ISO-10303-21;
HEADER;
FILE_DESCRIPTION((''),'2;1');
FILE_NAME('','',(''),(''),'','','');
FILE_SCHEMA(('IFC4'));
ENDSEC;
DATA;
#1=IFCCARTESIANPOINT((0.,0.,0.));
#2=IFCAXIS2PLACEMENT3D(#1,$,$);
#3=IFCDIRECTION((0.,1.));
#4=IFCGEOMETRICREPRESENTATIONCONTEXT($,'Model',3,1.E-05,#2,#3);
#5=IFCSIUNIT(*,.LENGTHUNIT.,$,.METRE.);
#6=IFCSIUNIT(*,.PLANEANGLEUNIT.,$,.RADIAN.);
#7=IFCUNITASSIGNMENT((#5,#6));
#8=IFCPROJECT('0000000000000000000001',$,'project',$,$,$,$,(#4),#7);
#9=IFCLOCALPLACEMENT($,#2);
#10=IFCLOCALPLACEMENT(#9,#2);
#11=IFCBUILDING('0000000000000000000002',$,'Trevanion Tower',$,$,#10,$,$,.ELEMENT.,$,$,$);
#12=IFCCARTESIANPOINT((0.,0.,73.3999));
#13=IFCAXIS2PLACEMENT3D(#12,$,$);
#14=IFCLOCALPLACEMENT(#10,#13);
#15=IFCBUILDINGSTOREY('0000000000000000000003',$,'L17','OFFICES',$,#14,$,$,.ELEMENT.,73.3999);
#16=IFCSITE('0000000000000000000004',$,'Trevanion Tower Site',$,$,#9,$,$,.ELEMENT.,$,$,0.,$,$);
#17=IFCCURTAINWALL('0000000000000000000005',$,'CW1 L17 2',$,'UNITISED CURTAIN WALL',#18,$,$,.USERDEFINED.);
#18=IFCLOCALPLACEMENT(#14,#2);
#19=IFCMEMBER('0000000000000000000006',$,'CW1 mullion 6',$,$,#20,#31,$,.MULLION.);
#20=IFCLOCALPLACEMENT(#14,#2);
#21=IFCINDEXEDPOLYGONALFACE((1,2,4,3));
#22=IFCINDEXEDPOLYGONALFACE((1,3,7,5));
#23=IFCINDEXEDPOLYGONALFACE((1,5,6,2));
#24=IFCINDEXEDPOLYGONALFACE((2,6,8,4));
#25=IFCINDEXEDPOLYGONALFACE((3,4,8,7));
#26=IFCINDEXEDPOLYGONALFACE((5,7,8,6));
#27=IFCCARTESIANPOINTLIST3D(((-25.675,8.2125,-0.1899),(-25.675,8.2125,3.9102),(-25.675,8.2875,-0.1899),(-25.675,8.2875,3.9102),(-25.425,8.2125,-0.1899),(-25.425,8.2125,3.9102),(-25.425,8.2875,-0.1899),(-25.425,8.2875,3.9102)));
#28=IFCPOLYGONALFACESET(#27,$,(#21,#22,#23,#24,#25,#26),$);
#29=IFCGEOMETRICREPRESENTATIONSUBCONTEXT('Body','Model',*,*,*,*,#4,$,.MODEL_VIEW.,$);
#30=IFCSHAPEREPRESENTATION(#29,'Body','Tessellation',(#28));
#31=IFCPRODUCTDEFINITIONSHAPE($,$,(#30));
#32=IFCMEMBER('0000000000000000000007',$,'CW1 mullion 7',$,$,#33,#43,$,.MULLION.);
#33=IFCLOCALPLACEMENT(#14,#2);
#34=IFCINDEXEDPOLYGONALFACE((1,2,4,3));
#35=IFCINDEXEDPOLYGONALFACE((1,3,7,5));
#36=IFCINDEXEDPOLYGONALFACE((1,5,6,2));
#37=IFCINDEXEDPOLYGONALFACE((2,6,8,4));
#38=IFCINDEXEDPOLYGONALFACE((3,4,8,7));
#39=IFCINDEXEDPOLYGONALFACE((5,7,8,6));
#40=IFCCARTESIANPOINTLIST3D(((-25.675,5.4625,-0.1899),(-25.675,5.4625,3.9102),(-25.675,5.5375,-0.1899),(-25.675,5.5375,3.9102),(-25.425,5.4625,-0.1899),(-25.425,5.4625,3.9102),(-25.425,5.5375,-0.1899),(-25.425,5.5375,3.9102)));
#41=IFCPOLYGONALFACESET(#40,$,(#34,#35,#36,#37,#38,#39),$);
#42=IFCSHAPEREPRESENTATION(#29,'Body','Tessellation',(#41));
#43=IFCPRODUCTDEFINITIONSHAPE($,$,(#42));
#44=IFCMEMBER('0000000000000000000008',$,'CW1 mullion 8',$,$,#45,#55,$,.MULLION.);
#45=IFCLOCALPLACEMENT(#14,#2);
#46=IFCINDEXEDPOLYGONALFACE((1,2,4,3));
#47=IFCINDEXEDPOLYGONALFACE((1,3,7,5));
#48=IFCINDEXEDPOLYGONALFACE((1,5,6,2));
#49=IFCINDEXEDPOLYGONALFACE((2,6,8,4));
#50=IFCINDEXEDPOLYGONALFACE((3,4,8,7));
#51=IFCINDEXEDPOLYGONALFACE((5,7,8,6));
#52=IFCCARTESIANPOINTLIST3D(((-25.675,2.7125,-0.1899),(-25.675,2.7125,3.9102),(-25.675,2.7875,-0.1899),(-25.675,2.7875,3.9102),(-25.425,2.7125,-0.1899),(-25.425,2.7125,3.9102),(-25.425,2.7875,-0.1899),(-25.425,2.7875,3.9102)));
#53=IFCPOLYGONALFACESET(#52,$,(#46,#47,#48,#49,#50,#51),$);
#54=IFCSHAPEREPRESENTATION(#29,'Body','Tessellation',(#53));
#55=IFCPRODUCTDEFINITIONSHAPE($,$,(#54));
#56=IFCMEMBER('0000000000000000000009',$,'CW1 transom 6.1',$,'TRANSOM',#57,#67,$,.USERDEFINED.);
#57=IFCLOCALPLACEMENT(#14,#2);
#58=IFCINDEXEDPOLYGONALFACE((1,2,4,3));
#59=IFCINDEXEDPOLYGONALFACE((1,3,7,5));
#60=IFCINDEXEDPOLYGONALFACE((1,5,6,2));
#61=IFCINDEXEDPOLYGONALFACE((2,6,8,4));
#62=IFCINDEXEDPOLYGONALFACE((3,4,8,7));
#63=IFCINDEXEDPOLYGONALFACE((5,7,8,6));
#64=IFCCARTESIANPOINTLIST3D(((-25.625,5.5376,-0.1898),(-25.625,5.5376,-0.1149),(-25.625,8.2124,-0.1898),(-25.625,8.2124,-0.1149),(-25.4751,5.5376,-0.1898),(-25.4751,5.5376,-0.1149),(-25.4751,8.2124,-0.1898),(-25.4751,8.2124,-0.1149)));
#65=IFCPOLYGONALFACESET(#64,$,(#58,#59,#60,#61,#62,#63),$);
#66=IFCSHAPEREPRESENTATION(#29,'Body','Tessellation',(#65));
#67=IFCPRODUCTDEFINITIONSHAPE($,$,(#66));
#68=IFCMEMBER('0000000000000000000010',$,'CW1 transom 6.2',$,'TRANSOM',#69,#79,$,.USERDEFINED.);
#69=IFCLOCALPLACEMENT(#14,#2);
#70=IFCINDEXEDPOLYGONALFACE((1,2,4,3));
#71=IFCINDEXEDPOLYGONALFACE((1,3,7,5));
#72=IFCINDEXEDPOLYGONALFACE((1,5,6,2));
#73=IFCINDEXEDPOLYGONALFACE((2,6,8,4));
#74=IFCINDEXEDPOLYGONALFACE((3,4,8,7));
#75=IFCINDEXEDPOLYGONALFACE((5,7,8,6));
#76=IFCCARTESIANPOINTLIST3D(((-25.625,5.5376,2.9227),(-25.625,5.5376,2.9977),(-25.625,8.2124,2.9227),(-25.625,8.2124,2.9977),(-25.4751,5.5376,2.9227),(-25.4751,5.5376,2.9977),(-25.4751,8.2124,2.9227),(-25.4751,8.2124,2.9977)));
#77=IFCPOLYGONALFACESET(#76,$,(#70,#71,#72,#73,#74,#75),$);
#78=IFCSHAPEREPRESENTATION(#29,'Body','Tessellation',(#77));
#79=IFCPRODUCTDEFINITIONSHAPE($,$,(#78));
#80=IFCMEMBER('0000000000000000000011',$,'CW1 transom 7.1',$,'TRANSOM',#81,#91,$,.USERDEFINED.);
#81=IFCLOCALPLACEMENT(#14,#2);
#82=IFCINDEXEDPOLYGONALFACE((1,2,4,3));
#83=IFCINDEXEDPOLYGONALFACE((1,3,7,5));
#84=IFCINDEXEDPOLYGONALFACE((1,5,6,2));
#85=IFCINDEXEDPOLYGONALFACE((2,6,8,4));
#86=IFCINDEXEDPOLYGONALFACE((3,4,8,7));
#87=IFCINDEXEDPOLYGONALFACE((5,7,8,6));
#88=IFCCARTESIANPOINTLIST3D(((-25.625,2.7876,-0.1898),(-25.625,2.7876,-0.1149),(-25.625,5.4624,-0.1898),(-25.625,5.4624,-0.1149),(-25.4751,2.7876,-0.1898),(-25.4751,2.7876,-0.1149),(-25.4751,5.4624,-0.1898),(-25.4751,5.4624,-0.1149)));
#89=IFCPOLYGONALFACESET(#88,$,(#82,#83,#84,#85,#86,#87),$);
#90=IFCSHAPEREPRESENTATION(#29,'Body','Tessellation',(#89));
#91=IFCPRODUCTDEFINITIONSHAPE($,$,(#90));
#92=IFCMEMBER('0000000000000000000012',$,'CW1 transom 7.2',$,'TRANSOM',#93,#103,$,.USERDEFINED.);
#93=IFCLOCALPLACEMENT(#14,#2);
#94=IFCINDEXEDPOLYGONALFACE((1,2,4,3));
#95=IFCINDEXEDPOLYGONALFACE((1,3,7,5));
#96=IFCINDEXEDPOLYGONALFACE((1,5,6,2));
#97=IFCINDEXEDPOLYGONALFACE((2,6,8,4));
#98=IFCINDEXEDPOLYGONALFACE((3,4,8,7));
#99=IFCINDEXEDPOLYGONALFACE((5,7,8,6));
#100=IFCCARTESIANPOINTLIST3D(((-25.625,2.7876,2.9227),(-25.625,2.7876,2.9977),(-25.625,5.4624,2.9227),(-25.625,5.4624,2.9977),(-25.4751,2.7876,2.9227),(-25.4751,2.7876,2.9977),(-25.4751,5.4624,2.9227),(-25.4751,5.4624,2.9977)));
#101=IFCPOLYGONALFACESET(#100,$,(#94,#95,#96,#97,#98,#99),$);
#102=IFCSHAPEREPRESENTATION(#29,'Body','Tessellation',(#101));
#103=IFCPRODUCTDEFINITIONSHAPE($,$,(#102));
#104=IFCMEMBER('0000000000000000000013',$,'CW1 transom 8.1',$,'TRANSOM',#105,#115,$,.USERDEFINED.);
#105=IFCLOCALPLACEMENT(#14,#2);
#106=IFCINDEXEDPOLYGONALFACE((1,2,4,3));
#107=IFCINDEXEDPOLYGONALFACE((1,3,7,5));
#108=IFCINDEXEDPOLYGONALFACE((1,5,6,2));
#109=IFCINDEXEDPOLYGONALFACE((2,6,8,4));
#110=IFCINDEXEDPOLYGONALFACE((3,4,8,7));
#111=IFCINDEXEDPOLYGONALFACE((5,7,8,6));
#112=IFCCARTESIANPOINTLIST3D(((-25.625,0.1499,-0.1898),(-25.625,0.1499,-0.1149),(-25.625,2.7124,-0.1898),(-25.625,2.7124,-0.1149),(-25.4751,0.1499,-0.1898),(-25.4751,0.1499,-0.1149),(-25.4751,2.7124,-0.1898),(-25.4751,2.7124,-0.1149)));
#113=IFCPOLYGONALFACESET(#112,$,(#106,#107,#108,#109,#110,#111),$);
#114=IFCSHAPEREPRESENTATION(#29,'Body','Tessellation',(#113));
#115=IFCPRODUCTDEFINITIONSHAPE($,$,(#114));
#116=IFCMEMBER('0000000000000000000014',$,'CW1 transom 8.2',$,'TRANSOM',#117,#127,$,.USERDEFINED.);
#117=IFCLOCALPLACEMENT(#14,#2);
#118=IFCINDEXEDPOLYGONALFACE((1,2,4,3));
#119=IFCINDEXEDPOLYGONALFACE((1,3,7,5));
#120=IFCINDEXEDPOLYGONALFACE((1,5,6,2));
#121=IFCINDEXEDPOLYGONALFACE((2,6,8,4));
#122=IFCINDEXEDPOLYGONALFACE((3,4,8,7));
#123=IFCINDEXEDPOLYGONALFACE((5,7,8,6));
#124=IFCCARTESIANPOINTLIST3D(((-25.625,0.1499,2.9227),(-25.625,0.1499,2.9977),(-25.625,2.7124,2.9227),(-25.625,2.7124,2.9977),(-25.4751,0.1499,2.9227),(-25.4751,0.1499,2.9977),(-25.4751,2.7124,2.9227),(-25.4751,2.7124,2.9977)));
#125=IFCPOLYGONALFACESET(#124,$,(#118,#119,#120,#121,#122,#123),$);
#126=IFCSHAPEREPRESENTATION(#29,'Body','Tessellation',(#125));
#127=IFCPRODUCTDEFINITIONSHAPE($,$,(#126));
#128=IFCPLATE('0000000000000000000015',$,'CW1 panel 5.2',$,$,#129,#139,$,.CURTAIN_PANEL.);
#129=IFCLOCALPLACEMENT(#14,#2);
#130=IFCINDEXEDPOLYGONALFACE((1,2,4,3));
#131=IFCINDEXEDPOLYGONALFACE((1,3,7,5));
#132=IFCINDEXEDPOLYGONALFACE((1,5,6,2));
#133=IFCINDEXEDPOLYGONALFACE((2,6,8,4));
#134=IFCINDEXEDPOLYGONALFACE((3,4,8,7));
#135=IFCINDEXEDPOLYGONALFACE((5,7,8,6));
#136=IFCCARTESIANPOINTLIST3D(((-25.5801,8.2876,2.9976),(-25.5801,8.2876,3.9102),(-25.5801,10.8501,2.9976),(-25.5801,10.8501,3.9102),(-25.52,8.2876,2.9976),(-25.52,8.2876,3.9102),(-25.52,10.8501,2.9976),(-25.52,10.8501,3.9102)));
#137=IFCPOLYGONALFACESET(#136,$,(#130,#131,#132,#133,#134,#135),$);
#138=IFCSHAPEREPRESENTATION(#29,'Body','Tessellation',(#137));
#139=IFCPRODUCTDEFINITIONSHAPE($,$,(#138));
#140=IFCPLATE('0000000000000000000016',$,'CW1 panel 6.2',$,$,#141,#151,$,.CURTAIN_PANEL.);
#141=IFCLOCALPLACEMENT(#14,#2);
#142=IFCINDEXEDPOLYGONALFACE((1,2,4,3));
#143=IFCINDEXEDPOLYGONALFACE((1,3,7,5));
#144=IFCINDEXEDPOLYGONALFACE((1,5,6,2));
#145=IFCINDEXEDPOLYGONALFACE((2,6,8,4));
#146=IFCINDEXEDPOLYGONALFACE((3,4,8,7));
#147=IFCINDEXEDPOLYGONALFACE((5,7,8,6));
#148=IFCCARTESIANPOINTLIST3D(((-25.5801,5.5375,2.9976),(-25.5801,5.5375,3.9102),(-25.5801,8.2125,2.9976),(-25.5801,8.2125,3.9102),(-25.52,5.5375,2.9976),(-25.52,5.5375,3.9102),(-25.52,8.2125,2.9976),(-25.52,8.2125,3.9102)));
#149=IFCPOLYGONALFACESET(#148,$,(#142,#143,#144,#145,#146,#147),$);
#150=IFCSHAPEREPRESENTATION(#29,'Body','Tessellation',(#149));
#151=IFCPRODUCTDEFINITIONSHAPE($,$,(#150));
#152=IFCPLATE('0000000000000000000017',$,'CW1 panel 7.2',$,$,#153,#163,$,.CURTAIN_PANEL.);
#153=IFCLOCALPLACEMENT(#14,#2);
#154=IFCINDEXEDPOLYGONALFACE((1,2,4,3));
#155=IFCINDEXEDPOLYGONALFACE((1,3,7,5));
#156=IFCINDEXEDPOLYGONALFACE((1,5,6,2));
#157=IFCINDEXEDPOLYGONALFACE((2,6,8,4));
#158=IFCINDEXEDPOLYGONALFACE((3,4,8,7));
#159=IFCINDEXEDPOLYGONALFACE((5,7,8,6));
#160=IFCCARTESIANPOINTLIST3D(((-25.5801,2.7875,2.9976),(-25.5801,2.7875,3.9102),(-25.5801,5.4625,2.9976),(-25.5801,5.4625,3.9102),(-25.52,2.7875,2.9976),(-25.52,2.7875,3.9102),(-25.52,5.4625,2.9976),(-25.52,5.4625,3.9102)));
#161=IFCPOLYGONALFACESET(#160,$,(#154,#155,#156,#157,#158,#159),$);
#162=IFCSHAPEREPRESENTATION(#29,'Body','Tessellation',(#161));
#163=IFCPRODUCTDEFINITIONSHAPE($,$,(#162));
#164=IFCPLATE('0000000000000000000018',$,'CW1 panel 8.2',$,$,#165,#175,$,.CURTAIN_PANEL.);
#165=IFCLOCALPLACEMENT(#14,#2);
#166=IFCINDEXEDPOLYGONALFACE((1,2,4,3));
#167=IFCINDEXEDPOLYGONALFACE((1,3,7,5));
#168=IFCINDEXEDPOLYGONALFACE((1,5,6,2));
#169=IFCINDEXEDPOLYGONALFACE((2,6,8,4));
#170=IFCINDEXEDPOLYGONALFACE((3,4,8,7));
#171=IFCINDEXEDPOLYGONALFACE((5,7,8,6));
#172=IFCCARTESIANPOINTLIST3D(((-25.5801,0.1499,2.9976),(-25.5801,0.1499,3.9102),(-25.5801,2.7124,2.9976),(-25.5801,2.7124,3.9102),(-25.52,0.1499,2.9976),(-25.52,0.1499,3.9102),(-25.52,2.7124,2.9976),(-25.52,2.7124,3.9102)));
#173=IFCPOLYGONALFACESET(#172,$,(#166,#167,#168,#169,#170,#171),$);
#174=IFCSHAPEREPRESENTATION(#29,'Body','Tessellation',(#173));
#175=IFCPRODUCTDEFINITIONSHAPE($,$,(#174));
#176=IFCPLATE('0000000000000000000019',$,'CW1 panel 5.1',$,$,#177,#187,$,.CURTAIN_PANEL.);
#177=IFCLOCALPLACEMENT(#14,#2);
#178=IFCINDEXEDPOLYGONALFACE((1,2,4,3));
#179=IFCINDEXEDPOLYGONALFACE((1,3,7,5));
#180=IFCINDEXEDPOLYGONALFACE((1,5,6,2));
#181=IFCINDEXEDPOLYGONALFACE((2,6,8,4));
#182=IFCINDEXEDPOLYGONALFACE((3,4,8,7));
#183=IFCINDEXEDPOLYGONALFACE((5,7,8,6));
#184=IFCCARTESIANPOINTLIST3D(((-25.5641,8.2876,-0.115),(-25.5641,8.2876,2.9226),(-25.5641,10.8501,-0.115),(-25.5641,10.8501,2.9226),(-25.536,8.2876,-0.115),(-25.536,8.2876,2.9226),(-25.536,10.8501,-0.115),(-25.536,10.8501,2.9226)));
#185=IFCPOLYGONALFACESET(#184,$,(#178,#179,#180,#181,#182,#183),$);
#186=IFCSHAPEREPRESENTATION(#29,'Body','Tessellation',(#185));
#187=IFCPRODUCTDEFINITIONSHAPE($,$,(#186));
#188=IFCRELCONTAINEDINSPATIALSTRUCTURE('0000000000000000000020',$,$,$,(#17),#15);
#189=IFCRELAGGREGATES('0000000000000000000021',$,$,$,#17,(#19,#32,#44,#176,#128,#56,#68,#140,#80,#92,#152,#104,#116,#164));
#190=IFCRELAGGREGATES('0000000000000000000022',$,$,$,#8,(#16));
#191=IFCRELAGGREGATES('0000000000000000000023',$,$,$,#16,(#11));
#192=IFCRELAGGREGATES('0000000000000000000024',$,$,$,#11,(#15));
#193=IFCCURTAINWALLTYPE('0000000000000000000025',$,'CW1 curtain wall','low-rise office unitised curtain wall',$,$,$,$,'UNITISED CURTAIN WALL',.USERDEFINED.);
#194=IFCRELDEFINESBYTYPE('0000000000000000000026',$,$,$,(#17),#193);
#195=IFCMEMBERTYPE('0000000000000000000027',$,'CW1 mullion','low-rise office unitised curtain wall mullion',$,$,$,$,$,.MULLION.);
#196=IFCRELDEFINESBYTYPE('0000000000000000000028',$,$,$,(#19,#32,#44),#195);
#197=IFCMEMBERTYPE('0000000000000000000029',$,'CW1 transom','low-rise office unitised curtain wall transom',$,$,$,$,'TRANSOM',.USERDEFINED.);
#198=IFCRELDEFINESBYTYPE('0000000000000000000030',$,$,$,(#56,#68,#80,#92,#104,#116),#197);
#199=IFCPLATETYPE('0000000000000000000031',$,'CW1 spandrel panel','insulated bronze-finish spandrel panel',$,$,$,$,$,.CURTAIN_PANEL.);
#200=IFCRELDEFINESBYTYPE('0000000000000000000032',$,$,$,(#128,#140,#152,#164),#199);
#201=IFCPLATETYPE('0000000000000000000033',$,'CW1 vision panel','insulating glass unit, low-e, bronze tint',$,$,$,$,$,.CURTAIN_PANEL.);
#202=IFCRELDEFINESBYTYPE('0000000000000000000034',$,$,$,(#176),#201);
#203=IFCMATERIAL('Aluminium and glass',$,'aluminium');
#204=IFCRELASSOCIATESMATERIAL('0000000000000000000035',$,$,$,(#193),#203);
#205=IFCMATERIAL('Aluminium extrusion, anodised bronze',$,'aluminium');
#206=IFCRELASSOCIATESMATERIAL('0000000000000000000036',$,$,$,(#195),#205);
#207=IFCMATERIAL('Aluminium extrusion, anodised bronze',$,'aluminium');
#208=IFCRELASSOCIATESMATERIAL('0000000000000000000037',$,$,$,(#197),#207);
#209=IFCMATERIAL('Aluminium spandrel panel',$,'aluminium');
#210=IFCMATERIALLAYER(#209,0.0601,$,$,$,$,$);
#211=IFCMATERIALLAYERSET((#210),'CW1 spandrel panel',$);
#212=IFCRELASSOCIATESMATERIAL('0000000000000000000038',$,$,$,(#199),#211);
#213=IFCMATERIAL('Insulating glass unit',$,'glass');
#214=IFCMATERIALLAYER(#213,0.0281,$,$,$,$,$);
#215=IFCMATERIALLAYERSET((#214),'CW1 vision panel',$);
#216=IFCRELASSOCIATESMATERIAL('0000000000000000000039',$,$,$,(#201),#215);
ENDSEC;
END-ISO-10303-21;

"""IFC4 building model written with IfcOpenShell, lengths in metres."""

from ifc_helpers import new_model, si_unit, direction, frame, origin, origin_2d, place, context, subcontext, project, spatial, rectangle, extrude, material, layer, layer_set, material_profile, profile_set, type_object, element, aggregate, save


model = new_model("IFC4")

# Units and contexts
model_context = context("Model", 3, precision=1e-05, world=origin(), true_north=direction((0.0, 1.0)))
body_context = subcontext(model_context, "Body", "Model", "MODEL_VIEW")
ifc_project = project(units=[si_unit("LENGTHUNIT", "METRE"), si_unit("PLANEANGLEUNIT", "RADIAN")], contexts=[model_context])

# Site, building, storey
site_placement = place(None, origin())
site = spatial("IfcSite", under=ifc_project, at=site_placement, Name="Trevanion Tower Site", CompositionType="ELEMENT", RefElevation=0.0)
building_placement = place(site_placement, origin())
building = spatial("IfcBuilding", under=site, at=building_placement, Name="Trevanion Tower", CompositionType="ELEMENT")
storey_placement = place(building_placement, frame((0.0, 0.0, 73.3999)))
storey = spatial("IfcBuildingStorey", under=building, at=storey_placement, Name="L17", Description="OFFICES", CompositionType="ELEMENT", Elevation=73.3999)

# Curtain wall, members, plates
ifc_material_1 = material(Name="Aluminium and glass", Category="aluminium")
curtain_wall_type = type_object("IfcCurtainWallType", Name="CW1 curtain wall", Description="low-rise office unitised curtain wall", ElementType="UNITISED CURTAIN WALL", PredefinedType="USERDEFINED", material=ifc_material_1)
curtain_wall_placement = place(storey_placement, origin())
curtain_wall = element("IfcCurtainWall", 1, at=curtain_wall_placement, inside=storey, type_object=curtain_wall_type, Name="CW1 L17 2", ObjectType="UNITISED CURTAIN WALL", PredefinedType="USERDEFINED")
ifc_material_2 = material(Name="Aluminium extrusion, anodised bronze", Category="aluminium")
ifc_material_profile_1 = material_profile(ifc_material_2, rectangle(XDim=0.075, YDim=0.25, at=origin_2d()), Name="CW1 mullion")
ifc_profile_set_1 = profile_set([ifc_material_profile_1], Name="Aluminium extrusion, anodised bronze")
member_type_1 = type_object("IfcMemberType", Name="CW1 mullion", Description="low-rise office unitised curtain wall mullion", PredefinedType="MULLION", material=ifc_profile_set_1)
member_1_placement = place(storey_placement, frame((-25.55, 8.25, -0.1899), z_axis=(0.0, 0.0, 1.0), x_axis=(0.0, -1.0, 0.0)))
member_1 = element("IfcMember", 2, at=member_1_placement, type_object=member_type_1, Name="CW1 mullion 6", PredefinedType="MULLION", context=body_context, shape_type="SweptSolid", body=[
    extrude(rectangle(XDim=0.075, YDim=0.25, at=origin_2d()), origin(), (0.0, 0.0, 1.0), 4.1001),
])
member_2_placement = place(storey_placement, frame((-25.55, 5.5, -0.1899), z_axis=(0.0, 0.0, 1.0), x_axis=(0.0, -1.0, 0.0)))
member_2 = element("IfcMember", 3, at=member_2_placement, type_object=member_type_1, Name="CW1 mullion 7", PredefinedType="MULLION", context=body_context, shape_type="SweptSolid", body=[
    extrude(rectangle(XDim=0.075, YDim=0.25, at=origin_2d()), origin(), (0.0, 0.0, 1.0), 4.1001),
])
member_3_placement = place(storey_placement, frame((-25.55, 2.75, -0.1899), z_axis=(0.0, 0.0, 1.0), x_axis=(0.0, -1.0, 0.0)))
member_3 = element("IfcMember", 4, at=member_3_placement, type_object=member_type_1, Name="CW1 mullion 8", PredefinedType="MULLION", context=body_context, shape_type="SweptSolid", body=[
    extrude(rectangle(XDim=0.075, YDim=0.25, at=origin_2d()), origin(), (0.0, 0.0, 1.0), 4.1001),
])
ifc_material_3 = material(Name="Aluminium extrusion, anodised bronze", Category="aluminium")
ifc_material_profile_2 = material_profile(ifc_material_3, rectangle(XDim=0.1499, YDim=0.075, at=origin_2d()), Name="CW1 transom")
ifc_profile_set_2 = profile_set([ifc_material_profile_2], Name="Aluminium extrusion, anodised bronze")
member_type_2 = type_object("IfcMemberType", Name="CW1 transom", Description="low-rise office unitised curtain wall transom", ElementType="TRANSOM", PredefinedType="USERDEFINED", material=ifc_profile_set_2)
member_4_placement = place(storey_placement, frame((-25.55, 8.2124, -0.1523), z_axis=(0.0, -1.0, 0.0), x_axis=(1.0, 0.0, 0.0)))
member_4 = element("IfcMember", 5, at=member_4_placement, type_object=member_type_2, Name="CW1 transom 6.1", ObjectType="TRANSOM", PredefinedType="USERDEFINED", context=body_context, shape_type="SweptSolid", body=[
    extrude(rectangle(XDim=0.1499, YDim=0.075, at=origin_2d()), origin(), (0.0, 0.0, 1.0), 2.6748),
])
member_5_placement = place(storey_placement, frame((-25.55, 8.2124, 2.9602), z_axis=(0.0, -1.0, 0.0), x_axis=(1.0, 0.0, 0.0)))
member_5 = element("IfcMember", 6, at=member_5_placement, type_object=member_type_2, Name="CW1 transom 6.2", ObjectType="TRANSOM", PredefinedType="USERDEFINED", context=body_context, shape_type="SweptSolid", body=[
    extrude(rectangle(XDim=0.1499, YDim=0.075, at=origin_2d()), origin(), (0.0, 0.0, 1.0), 2.6748),
])
member_6_placement = place(storey_placement, frame((-25.55, 5.4624, -0.1523), z_axis=(0.0, -1.0, 0.0), x_axis=(1.0, 0.0, 0.0)))
member_6 = element("IfcMember", 7, at=member_6_placement, type_object=member_type_2, Name="CW1 transom 7.1", ObjectType="TRANSOM", PredefinedType="USERDEFINED", context=body_context, shape_type="SweptSolid", body=[
    extrude(rectangle(XDim=0.1499, YDim=0.075, at=origin_2d()), origin(), (0.0, 0.0, 1.0), 2.6748),
])
member_7_placement = place(storey_placement, frame((-25.55, 5.4624, 2.9602), z_axis=(0.0, -1.0, 0.0), x_axis=(1.0, 0.0, 0.0)))
member_7 = element("IfcMember", 8, at=member_7_placement, type_object=member_type_2, Name="CW1 transom 7.2", ObjectType="TRANSOM", PredefinedType="USERDEFINED", context=body_context, shape_type="SweptSolid", body=[
    extrude(rectangle(XDim=0.1499, YDim=0.075, at=origin_2d()), origin(), (0.0, 0.0, 1.0), 2.6748),
])
member_8_placement = place(storey_placement, frame((-25.55, 2.7124, -0.1523), z_axis=(0.0, -1.0, 0.0), x_axis=(1.0, 0.0, 0.0)))
member_8 = element("IfcMember", 9, at=member_8_placement, type_object=member_type_2, Name="CW1 transom 8.1", ObjectType="TRANSOM", PredefinedType="USERDEFINED", context=body_context, shape_type="SweptSolid", body=[
    extrude(rectangle(XDim=0.1499, YDim=0.075, at=origin_2d()), origin(), (0.0, 0.0, 1.0), 2.5625),
])
member_9_placement = place(storey_placement, frame((-25.55, 2.7124, 2.9602), z_axis=(0.0, -1.0, 0.0), x_axis=(1.0, 0.0, 0.0)))
member_9 = element("IfcMember", 10, at=member_9_placement, type_object=member_type_2, Name="CW1 transom 8.2", ObjectType="TRANSOM", PredefinedType="USERDEFINED", context=body_context, shape_type="SweptSolid", body=[
    extrude(rectangle(XDim=0.1499, YDim=0.075, at=origin_2d()), origin(), (0.0, 0.0, 1.0), 2.5625),
])
ifc_material_4 = material(Name="Aluminium spandrel panel", Category="aluminium")
ifc_layer_1 = layer(ifc_material_4, 0.0601)
ifc_layer_set_1 = layer_set([ifc_layer_1], Name="CW1 spandrel panel")
plate_type_1 = type_object("IfcPlateType", Name="CW1 spandrel panel", Description="insulated bronze-finish spandrel panel", PredefinedType="CURTAIN_PANEL", material=ifc_layer_set_1)
plate_1_placement = place(storey_placement, frame((-25.55, 9.5688, 2.9976), z_axis=(0.0, 0.0, 1.0), x_axis=(0.0, -1.0, 0.0)))
plate_1 = element("IfcPlate", 11, at=plate_1_placement, type_object=plate_type_1, Name="CW1 panel 5.2", PredefinedType="CURTAIN_PANEL", context=body_context, shape_type="SweptSolid", body=[
    extrude(rectangle(XDim=2.5625, YDim=0.0601, at=origin_2d()), origin(), (0.0, 0.0, 1.0), 0.9126),
])
plate_2_placement = place(storey_placement, frame((-25.55, 6.875, 2.9976), z_axis=(0.0, 0.0, 1.0), x_axis=(0.0, -1.0, 0.0)))
plate_2 = element("IfcPlate", 12, at=plate_2_placement, type_object=plate_type_1, Name="CW1 panel 6.2", PredefinedType="CURTAIN_PANEL", context=body_context, shape_type="SweptSolid", body=[
    extrude(rectangle(XDim=2.675, YDim=0.0601, at=origin_2d()), origin(), (0.0, 0.0, 1.0), 0.9126),
])
plate_3_placement = place(storey_placement, frame((-25.55, 4.125, 2.9976), z_axis=(0.0, 0.0, 1.0), x_axis=(0.0, -1.0, 0.0)))
plate_3 = element("IfcPlate", 13, at=plate_3_placement, type_object=plate_type_1, Name="CW1 panel 7.2", PredefinedType="CURTAIN_PANEL", context=body_context, shape_type="SweptSolid", body=[
    extrude(rectangle(XDim=2.675, YDim=0.0601, at=origin_2d()), origin(), (0.0, 0.0, 1.0), 0.9126),
])
plate_4_placement = place(storey_placement, frame((-25.55, 1.4312, 2.9976), z_axis=(0.0, 0.0, 1.0), x_axis=(0.0, -1.0, 0.0)))
plate_4 = element("IfcPlate", 14, at=plate_4_placement, type_object=plate_type_1, Name="CW1 panel 8.2", PredefinedType="CURTAIN_PANEL", context=body_context, shape_type="SweptSolid", body=[
    extrude(rectangle(XDim=2.5625, YDim=0.0601, at=origin_2d()), origin(), (0.0, 0.0, 1.0), 0.9126),
])
ifc_material_5 = material(Name="Insulating glass unit", Category="glass")
ifc_layer_2 = layer(ifc_material_5, 0.0281)
ifc_layer_set_2 = layer_set([ifc_layer_2], Name="CW1 vision panel")
plate_type_2 = type_object("IfcPlateType", Name="CW1 vision panel", Description="insulating glass unit, low-e, bronze tint", PredefinedType="CURTAIN_PANEL", material=ifc_layer_set_2)
plate_5_placement = place(storey_placement, frame((-25.55, 9.5688, -0.115), z_axis=(0.0, 0.0, 1.0), x_axis=(0.0, -1.0, 0.0)))
plate_5 = element("IfcPlate", 15, at=plate_5_placement, type_object=plate_type_2, Name="CW1 panel 5.1", PredefinedType="CURTAIN_PANEL", context=body_context, shape_type="SweptSolid", body=[
    extrude(rectangle(XDim=2.5625, YDim=0.0281, at=origin_2d()), origin(), (0.0, 0.0, 1.0), 3.0376),
])
aggregate(curtain_wall, [member_1, member_2, member_3, plate_5, plate_1, member_4, member_5, plate_2, member_6, member_7, plate_3, member_8, member_9, plate_4])

save(model, "model.ifc")
